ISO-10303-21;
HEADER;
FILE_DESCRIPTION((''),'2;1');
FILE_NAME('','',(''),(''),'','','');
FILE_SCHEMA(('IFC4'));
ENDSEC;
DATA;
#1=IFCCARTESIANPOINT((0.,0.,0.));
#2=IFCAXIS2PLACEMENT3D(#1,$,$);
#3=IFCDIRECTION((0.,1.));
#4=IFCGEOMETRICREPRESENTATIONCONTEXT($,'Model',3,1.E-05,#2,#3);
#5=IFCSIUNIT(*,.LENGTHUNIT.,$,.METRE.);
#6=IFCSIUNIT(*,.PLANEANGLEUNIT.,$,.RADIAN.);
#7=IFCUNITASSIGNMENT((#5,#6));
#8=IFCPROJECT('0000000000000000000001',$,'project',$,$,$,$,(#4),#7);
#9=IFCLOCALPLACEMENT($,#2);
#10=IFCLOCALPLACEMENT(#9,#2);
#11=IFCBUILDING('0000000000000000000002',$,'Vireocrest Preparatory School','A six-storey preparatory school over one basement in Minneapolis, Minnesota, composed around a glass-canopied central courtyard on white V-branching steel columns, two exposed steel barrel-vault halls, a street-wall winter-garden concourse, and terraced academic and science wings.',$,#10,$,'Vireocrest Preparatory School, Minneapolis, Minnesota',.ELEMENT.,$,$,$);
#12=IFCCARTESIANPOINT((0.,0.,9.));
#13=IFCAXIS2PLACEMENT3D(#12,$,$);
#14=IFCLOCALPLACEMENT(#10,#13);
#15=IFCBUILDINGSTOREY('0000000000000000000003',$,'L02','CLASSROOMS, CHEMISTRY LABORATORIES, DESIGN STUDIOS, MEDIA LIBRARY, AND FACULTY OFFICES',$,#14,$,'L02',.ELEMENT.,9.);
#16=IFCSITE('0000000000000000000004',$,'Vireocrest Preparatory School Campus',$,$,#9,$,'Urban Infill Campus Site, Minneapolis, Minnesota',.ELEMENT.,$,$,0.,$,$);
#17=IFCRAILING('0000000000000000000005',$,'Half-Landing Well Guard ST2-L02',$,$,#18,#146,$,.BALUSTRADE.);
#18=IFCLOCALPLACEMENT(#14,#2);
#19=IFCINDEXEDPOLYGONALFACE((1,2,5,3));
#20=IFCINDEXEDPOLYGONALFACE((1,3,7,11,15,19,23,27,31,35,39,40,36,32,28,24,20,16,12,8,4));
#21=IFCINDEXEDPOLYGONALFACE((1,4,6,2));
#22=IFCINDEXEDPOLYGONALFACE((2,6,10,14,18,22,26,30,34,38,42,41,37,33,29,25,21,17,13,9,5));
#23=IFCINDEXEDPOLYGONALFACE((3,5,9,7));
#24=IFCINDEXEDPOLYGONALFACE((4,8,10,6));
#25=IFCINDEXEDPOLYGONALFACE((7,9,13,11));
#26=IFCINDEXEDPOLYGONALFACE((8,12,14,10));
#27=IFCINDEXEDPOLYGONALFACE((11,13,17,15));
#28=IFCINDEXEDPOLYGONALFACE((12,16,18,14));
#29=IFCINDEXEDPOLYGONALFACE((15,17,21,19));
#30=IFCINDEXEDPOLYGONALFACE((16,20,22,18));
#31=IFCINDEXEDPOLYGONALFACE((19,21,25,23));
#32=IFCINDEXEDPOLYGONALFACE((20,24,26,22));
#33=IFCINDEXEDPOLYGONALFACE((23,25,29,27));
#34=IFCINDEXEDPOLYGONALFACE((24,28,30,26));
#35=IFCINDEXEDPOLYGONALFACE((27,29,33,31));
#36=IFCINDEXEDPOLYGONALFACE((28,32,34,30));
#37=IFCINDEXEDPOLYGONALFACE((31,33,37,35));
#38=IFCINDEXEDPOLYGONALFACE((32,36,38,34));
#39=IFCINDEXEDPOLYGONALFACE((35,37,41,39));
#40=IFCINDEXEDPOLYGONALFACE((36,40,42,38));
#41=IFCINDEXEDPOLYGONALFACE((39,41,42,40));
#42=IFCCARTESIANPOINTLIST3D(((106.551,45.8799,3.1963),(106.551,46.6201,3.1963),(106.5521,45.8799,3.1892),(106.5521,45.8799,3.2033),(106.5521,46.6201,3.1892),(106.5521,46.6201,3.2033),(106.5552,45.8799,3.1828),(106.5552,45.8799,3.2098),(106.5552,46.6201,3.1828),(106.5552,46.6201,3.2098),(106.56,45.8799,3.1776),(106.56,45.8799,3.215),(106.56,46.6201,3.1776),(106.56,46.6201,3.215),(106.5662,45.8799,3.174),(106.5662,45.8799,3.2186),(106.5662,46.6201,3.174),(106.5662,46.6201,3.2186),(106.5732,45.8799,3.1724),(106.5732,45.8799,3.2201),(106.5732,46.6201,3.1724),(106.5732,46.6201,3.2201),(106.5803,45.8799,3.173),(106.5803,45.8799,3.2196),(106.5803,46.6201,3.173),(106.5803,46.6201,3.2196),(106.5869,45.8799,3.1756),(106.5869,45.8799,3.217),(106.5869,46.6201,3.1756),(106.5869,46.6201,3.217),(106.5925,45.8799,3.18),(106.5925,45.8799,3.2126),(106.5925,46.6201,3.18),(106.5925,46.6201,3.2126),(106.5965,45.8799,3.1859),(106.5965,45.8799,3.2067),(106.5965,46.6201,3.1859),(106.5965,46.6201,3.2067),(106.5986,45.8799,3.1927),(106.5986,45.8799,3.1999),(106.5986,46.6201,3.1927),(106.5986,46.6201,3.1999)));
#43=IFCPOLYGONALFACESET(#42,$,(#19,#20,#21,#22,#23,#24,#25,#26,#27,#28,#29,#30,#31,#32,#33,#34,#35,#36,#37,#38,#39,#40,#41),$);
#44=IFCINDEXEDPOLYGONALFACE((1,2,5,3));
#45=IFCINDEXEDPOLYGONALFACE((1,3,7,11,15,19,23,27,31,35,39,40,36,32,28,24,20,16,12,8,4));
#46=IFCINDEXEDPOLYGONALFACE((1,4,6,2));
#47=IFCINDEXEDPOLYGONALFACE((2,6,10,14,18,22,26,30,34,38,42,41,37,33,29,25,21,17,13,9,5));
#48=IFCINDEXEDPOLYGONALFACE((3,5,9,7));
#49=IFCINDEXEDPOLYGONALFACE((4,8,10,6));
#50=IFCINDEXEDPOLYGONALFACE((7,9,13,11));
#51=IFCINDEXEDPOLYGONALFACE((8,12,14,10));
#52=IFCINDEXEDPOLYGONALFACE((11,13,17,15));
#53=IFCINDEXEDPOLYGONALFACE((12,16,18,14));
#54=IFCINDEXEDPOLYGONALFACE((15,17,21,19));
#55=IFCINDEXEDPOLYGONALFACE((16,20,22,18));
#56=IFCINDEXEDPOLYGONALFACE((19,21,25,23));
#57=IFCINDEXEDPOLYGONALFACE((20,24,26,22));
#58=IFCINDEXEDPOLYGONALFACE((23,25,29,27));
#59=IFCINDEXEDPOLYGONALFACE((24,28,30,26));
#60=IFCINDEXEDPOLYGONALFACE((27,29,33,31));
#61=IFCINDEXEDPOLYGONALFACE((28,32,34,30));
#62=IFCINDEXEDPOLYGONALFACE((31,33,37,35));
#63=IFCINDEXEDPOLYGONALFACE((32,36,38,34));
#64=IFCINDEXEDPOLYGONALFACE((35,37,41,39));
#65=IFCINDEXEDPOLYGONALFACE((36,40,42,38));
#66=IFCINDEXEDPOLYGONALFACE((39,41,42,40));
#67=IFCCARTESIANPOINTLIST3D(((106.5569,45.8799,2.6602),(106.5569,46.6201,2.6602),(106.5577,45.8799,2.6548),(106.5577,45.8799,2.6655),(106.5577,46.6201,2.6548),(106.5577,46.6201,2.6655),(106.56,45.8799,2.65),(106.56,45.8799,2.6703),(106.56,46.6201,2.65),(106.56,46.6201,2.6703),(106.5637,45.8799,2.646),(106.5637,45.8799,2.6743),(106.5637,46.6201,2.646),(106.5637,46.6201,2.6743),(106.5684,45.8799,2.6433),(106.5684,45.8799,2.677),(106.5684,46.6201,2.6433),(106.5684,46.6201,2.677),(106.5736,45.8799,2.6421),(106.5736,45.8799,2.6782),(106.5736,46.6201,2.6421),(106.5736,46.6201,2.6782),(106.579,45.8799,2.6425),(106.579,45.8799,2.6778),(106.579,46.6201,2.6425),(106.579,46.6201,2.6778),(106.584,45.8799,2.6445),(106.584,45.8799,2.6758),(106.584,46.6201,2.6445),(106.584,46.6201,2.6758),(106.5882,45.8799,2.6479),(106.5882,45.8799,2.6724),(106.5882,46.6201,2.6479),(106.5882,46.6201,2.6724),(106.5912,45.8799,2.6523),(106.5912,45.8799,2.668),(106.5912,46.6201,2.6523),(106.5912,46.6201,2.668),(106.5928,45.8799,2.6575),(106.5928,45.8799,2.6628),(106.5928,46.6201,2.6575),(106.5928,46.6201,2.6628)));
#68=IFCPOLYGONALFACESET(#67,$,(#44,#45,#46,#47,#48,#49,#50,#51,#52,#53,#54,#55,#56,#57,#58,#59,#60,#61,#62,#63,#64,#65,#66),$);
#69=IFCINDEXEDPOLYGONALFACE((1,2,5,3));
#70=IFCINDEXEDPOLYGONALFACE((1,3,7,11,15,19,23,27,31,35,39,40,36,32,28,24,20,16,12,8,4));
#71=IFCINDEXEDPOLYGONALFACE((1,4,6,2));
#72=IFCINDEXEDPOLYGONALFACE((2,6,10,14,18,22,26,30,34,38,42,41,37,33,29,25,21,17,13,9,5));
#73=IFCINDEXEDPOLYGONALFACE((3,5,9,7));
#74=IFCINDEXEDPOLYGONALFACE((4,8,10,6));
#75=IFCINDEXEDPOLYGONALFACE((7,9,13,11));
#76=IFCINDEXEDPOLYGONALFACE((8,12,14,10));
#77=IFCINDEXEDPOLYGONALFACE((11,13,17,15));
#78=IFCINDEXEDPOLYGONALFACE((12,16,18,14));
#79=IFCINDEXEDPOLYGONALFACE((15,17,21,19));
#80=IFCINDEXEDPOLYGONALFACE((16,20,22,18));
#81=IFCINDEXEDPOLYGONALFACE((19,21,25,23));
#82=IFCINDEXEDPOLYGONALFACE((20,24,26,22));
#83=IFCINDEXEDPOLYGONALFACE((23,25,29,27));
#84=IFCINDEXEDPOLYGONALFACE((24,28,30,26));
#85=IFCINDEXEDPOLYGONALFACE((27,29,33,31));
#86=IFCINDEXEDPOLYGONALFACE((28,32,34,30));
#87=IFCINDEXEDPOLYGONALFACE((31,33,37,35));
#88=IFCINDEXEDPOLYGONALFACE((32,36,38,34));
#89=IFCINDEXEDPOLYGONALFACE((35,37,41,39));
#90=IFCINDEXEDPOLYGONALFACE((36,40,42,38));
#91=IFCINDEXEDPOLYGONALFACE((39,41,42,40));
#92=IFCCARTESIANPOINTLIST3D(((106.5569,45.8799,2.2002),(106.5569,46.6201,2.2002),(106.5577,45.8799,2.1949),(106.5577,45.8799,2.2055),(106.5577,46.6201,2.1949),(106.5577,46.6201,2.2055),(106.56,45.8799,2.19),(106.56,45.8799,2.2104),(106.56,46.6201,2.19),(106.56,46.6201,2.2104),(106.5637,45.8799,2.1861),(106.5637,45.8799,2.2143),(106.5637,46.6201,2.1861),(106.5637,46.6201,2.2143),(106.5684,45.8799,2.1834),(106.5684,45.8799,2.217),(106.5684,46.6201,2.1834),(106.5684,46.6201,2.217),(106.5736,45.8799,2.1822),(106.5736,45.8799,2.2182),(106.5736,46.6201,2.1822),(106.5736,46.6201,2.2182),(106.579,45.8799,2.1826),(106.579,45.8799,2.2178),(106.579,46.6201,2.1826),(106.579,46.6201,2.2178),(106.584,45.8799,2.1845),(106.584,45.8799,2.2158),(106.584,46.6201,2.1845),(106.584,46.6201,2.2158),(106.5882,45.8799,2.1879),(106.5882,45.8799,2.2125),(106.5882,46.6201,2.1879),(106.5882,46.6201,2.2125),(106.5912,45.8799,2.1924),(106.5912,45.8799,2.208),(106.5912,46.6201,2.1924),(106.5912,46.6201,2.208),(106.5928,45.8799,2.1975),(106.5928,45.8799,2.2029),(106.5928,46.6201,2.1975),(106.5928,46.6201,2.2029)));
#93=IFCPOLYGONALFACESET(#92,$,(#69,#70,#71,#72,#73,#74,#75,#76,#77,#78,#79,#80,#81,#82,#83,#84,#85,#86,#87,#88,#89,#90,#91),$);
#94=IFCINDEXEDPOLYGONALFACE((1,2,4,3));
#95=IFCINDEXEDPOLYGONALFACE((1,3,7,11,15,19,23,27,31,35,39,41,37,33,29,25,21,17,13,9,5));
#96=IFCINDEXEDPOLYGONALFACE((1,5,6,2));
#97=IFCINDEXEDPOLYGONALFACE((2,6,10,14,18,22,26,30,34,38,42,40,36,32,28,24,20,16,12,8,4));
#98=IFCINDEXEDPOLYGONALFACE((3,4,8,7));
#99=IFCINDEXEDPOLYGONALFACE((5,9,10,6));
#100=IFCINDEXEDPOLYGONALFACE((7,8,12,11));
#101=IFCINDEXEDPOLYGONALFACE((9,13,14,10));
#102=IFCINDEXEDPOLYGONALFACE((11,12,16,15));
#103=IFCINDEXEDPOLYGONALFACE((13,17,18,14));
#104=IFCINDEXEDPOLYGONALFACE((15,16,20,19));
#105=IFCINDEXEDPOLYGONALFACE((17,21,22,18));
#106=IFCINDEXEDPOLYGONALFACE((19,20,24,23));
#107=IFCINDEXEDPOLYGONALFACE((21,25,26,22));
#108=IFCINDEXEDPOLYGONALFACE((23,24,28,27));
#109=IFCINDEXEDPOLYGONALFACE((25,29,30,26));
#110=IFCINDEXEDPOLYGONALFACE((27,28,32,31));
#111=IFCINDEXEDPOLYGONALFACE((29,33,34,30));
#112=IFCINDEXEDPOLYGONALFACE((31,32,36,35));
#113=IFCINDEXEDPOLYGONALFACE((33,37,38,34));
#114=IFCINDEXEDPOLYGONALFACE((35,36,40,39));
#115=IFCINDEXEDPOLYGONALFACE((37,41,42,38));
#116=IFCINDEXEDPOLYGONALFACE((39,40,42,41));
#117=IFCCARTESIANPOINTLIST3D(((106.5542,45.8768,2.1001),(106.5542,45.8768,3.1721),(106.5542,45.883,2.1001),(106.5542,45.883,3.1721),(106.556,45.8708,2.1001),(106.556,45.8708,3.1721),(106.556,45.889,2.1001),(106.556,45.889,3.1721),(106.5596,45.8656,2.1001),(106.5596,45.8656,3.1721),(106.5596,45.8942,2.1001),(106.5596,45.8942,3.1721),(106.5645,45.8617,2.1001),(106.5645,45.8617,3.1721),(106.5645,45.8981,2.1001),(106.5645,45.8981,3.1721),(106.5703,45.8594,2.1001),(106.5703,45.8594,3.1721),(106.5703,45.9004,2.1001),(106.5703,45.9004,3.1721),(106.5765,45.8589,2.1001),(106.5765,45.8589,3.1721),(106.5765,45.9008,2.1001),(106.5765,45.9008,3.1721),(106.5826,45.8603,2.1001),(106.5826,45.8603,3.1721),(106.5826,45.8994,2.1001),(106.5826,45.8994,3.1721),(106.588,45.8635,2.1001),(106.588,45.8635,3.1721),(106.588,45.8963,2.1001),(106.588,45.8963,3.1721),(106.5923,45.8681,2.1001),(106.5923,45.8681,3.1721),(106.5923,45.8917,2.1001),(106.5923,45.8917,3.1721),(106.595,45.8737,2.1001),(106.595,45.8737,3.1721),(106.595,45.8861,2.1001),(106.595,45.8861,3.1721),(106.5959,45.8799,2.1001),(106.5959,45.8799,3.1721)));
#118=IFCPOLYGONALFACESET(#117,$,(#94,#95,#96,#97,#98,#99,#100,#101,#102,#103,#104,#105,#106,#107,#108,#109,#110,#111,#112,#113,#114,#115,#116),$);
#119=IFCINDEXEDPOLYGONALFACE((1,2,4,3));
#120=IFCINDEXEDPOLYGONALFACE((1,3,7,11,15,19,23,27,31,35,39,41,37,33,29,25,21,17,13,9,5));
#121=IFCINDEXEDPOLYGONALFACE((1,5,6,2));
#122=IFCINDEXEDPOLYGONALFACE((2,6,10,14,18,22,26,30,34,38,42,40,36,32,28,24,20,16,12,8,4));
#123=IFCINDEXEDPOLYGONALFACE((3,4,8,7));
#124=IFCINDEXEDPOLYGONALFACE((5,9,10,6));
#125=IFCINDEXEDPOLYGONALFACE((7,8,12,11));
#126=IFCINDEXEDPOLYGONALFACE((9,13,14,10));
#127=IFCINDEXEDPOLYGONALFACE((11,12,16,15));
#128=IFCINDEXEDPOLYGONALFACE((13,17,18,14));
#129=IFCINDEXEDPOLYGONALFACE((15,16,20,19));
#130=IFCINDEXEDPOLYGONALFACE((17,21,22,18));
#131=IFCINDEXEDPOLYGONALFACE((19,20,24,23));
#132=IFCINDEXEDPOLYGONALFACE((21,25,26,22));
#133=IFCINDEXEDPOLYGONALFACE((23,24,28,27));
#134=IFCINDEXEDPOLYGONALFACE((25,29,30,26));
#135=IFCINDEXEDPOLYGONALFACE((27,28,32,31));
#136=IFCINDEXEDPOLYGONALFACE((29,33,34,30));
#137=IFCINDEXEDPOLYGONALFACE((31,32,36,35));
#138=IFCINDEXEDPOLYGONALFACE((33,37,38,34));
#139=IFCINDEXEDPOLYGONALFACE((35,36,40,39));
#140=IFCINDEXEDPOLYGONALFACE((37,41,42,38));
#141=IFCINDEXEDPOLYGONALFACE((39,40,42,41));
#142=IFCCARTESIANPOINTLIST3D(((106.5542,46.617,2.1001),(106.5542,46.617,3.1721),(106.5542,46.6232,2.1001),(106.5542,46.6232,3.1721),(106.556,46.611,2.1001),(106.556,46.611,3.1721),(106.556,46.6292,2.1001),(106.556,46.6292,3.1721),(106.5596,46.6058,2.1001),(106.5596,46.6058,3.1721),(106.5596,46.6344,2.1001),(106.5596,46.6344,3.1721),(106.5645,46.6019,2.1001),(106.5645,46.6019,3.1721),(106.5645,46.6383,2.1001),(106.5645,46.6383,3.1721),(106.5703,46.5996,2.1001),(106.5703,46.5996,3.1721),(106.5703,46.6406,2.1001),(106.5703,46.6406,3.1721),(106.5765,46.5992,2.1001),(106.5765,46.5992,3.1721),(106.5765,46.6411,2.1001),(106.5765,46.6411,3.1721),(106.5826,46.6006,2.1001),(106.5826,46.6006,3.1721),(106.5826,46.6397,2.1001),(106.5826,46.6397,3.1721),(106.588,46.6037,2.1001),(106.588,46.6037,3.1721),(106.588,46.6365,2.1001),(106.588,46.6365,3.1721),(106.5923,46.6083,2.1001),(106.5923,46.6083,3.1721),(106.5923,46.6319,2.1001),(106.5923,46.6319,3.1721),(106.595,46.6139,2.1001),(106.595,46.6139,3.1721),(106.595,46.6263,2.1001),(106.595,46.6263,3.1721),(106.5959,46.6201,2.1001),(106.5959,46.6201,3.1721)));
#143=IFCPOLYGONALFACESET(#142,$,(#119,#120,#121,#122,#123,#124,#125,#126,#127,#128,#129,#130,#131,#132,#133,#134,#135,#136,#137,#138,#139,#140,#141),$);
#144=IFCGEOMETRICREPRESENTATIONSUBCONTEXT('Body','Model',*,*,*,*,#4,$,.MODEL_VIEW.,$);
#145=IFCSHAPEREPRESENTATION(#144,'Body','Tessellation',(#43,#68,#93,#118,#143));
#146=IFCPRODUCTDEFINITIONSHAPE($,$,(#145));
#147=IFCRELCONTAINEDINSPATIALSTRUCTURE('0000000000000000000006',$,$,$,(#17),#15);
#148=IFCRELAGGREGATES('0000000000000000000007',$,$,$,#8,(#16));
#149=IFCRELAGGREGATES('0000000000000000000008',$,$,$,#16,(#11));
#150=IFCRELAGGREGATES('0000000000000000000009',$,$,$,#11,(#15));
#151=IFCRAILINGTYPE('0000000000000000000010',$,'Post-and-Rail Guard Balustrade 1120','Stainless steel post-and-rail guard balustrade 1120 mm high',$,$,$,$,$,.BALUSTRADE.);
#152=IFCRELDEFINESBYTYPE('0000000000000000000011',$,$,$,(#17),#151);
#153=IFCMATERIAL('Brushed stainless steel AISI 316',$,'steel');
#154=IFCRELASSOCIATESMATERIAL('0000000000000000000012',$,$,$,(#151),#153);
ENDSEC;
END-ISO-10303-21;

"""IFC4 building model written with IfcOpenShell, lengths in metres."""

from ifc_helpers import new_model, si_unit, direction, frame, origin, origin_2d, place, context, subcontext, project, spatial, circle, extrude, material, type_object, element, save


model = new_model("IFC4")

# Units and contexts
model_context = context("Model", 3, precision=1e-05, world=origin(), true_north=direction((0.0, 1.0)))
body_context = subcontext(model_context, "Body", "Model", "MODEL_VIEW")
ifc_project = project(units=[si_unit("LENGTHUNIT", "METRE"), si_unit("PLANEANGLEUNIT", "RADIAN")], contexts=[model_context])

# Site, building, storey
site_placement = place(None, origin())
site = spatial("IfcSite", under=ifc_project, at=site_placement, Name="Vireocrest Preparatory School Campus", LongName="Urban Infill Campus Site, Minneapolis, Minnesota", CompositionType="ELEMENT", RefElevation=0.0)
building_placement = place(site_placement, origin())
building = spatial("IfcBuilding", under=site, at=building_placement, Name="Vireocrest Preparatory School", Description="A six-storey preparatory school over one basement in Minneapolis, Minnesota, composed around a glass-canopied central courtyard on white V-branching steel columns, two exposed steel barrel-vault halls, a street-wall winter-garden concourse, and terraced academic and science wings.", LongName="Vireocrest Preparatory School, Minneapolis, Minnesota", CompositionType="ELEMENT")
storey_placement = place(building_placement, frame((0.0, 0.0, 9.0)))
storey = spatial("IfcBuildingStorey", under=building, at=storey_placement, Name="L02", Description="CLASSROOMS, CHEMISTRY LABORATORIES, DESIGN STUDIOS, MEDIA LIBRARY, AND FACULTY OFFICES", LongName="L02", CompositionType="ELEMENT", Elevation=9.0)

# Railing
ifc_material_1 = material(Name="Brushed stainless steel AISI 316", Category="steel")
railing_type_1 = type_object("IfcRailingType", Name="Post-and-Rail Guard Balustrade 1120", Description="Stainless steel post-and-rail guard balustrade 1120 mm high", PredefinedType="BALUSTRADE", material=ifc_material_1)
railing_1_placement = place(storey_placement, frame((106.575, 45.8799, 2.1001)))
element("IfcRailing", 1, at=railing_1_placement, inside=storey, type_object=railing_type_1, Name="Half-Landing Well Guard ST2-L02", PredefinedType="BALUSTRADE", context=body_context, shape_type="SweptSolid", body=[
    extrude(circle(Radius=0.0239, at=origin_2d()), frame((0.0, 0.0, 1.0962), z_axis=(0.0, 1.0, 0.0), x_axis=(-1.0, 0.0, 0.0)), (0.0, 0.0, 1.0), 0.7402),
    extrude(circle(Radius=0.0181, at=origin_2d()), frame((0.0, 0.0, 0.5601), z_axis=(0.0, 1.0, 0.0), x_axis=(-1.0, 0.0, 0.0)), (0.0, 0.0, 1.0), 0.7402),
    extrude(circle(Radius=0.0181, at=origin_2d()), frame((0.0, 0.0, 0.1001), z_axis=(0.0, 1.0, 0.0), x_axis=(-1.0, 0.0, 0.0)), (0.0, 0.0, 1.0), 0.7402),
    extrude(circle(Radius=0.021, at=origin_2d()), origin(), (0.0, 0.0, 1.0), 1.072),
    extrude(circle(Radius=0.021, at=origin_2d()), frame((0.0, 0.7402, 0.0)), (0.0, 0.0, 1.0), 1.072),
])

save(model, "model.ifc")
